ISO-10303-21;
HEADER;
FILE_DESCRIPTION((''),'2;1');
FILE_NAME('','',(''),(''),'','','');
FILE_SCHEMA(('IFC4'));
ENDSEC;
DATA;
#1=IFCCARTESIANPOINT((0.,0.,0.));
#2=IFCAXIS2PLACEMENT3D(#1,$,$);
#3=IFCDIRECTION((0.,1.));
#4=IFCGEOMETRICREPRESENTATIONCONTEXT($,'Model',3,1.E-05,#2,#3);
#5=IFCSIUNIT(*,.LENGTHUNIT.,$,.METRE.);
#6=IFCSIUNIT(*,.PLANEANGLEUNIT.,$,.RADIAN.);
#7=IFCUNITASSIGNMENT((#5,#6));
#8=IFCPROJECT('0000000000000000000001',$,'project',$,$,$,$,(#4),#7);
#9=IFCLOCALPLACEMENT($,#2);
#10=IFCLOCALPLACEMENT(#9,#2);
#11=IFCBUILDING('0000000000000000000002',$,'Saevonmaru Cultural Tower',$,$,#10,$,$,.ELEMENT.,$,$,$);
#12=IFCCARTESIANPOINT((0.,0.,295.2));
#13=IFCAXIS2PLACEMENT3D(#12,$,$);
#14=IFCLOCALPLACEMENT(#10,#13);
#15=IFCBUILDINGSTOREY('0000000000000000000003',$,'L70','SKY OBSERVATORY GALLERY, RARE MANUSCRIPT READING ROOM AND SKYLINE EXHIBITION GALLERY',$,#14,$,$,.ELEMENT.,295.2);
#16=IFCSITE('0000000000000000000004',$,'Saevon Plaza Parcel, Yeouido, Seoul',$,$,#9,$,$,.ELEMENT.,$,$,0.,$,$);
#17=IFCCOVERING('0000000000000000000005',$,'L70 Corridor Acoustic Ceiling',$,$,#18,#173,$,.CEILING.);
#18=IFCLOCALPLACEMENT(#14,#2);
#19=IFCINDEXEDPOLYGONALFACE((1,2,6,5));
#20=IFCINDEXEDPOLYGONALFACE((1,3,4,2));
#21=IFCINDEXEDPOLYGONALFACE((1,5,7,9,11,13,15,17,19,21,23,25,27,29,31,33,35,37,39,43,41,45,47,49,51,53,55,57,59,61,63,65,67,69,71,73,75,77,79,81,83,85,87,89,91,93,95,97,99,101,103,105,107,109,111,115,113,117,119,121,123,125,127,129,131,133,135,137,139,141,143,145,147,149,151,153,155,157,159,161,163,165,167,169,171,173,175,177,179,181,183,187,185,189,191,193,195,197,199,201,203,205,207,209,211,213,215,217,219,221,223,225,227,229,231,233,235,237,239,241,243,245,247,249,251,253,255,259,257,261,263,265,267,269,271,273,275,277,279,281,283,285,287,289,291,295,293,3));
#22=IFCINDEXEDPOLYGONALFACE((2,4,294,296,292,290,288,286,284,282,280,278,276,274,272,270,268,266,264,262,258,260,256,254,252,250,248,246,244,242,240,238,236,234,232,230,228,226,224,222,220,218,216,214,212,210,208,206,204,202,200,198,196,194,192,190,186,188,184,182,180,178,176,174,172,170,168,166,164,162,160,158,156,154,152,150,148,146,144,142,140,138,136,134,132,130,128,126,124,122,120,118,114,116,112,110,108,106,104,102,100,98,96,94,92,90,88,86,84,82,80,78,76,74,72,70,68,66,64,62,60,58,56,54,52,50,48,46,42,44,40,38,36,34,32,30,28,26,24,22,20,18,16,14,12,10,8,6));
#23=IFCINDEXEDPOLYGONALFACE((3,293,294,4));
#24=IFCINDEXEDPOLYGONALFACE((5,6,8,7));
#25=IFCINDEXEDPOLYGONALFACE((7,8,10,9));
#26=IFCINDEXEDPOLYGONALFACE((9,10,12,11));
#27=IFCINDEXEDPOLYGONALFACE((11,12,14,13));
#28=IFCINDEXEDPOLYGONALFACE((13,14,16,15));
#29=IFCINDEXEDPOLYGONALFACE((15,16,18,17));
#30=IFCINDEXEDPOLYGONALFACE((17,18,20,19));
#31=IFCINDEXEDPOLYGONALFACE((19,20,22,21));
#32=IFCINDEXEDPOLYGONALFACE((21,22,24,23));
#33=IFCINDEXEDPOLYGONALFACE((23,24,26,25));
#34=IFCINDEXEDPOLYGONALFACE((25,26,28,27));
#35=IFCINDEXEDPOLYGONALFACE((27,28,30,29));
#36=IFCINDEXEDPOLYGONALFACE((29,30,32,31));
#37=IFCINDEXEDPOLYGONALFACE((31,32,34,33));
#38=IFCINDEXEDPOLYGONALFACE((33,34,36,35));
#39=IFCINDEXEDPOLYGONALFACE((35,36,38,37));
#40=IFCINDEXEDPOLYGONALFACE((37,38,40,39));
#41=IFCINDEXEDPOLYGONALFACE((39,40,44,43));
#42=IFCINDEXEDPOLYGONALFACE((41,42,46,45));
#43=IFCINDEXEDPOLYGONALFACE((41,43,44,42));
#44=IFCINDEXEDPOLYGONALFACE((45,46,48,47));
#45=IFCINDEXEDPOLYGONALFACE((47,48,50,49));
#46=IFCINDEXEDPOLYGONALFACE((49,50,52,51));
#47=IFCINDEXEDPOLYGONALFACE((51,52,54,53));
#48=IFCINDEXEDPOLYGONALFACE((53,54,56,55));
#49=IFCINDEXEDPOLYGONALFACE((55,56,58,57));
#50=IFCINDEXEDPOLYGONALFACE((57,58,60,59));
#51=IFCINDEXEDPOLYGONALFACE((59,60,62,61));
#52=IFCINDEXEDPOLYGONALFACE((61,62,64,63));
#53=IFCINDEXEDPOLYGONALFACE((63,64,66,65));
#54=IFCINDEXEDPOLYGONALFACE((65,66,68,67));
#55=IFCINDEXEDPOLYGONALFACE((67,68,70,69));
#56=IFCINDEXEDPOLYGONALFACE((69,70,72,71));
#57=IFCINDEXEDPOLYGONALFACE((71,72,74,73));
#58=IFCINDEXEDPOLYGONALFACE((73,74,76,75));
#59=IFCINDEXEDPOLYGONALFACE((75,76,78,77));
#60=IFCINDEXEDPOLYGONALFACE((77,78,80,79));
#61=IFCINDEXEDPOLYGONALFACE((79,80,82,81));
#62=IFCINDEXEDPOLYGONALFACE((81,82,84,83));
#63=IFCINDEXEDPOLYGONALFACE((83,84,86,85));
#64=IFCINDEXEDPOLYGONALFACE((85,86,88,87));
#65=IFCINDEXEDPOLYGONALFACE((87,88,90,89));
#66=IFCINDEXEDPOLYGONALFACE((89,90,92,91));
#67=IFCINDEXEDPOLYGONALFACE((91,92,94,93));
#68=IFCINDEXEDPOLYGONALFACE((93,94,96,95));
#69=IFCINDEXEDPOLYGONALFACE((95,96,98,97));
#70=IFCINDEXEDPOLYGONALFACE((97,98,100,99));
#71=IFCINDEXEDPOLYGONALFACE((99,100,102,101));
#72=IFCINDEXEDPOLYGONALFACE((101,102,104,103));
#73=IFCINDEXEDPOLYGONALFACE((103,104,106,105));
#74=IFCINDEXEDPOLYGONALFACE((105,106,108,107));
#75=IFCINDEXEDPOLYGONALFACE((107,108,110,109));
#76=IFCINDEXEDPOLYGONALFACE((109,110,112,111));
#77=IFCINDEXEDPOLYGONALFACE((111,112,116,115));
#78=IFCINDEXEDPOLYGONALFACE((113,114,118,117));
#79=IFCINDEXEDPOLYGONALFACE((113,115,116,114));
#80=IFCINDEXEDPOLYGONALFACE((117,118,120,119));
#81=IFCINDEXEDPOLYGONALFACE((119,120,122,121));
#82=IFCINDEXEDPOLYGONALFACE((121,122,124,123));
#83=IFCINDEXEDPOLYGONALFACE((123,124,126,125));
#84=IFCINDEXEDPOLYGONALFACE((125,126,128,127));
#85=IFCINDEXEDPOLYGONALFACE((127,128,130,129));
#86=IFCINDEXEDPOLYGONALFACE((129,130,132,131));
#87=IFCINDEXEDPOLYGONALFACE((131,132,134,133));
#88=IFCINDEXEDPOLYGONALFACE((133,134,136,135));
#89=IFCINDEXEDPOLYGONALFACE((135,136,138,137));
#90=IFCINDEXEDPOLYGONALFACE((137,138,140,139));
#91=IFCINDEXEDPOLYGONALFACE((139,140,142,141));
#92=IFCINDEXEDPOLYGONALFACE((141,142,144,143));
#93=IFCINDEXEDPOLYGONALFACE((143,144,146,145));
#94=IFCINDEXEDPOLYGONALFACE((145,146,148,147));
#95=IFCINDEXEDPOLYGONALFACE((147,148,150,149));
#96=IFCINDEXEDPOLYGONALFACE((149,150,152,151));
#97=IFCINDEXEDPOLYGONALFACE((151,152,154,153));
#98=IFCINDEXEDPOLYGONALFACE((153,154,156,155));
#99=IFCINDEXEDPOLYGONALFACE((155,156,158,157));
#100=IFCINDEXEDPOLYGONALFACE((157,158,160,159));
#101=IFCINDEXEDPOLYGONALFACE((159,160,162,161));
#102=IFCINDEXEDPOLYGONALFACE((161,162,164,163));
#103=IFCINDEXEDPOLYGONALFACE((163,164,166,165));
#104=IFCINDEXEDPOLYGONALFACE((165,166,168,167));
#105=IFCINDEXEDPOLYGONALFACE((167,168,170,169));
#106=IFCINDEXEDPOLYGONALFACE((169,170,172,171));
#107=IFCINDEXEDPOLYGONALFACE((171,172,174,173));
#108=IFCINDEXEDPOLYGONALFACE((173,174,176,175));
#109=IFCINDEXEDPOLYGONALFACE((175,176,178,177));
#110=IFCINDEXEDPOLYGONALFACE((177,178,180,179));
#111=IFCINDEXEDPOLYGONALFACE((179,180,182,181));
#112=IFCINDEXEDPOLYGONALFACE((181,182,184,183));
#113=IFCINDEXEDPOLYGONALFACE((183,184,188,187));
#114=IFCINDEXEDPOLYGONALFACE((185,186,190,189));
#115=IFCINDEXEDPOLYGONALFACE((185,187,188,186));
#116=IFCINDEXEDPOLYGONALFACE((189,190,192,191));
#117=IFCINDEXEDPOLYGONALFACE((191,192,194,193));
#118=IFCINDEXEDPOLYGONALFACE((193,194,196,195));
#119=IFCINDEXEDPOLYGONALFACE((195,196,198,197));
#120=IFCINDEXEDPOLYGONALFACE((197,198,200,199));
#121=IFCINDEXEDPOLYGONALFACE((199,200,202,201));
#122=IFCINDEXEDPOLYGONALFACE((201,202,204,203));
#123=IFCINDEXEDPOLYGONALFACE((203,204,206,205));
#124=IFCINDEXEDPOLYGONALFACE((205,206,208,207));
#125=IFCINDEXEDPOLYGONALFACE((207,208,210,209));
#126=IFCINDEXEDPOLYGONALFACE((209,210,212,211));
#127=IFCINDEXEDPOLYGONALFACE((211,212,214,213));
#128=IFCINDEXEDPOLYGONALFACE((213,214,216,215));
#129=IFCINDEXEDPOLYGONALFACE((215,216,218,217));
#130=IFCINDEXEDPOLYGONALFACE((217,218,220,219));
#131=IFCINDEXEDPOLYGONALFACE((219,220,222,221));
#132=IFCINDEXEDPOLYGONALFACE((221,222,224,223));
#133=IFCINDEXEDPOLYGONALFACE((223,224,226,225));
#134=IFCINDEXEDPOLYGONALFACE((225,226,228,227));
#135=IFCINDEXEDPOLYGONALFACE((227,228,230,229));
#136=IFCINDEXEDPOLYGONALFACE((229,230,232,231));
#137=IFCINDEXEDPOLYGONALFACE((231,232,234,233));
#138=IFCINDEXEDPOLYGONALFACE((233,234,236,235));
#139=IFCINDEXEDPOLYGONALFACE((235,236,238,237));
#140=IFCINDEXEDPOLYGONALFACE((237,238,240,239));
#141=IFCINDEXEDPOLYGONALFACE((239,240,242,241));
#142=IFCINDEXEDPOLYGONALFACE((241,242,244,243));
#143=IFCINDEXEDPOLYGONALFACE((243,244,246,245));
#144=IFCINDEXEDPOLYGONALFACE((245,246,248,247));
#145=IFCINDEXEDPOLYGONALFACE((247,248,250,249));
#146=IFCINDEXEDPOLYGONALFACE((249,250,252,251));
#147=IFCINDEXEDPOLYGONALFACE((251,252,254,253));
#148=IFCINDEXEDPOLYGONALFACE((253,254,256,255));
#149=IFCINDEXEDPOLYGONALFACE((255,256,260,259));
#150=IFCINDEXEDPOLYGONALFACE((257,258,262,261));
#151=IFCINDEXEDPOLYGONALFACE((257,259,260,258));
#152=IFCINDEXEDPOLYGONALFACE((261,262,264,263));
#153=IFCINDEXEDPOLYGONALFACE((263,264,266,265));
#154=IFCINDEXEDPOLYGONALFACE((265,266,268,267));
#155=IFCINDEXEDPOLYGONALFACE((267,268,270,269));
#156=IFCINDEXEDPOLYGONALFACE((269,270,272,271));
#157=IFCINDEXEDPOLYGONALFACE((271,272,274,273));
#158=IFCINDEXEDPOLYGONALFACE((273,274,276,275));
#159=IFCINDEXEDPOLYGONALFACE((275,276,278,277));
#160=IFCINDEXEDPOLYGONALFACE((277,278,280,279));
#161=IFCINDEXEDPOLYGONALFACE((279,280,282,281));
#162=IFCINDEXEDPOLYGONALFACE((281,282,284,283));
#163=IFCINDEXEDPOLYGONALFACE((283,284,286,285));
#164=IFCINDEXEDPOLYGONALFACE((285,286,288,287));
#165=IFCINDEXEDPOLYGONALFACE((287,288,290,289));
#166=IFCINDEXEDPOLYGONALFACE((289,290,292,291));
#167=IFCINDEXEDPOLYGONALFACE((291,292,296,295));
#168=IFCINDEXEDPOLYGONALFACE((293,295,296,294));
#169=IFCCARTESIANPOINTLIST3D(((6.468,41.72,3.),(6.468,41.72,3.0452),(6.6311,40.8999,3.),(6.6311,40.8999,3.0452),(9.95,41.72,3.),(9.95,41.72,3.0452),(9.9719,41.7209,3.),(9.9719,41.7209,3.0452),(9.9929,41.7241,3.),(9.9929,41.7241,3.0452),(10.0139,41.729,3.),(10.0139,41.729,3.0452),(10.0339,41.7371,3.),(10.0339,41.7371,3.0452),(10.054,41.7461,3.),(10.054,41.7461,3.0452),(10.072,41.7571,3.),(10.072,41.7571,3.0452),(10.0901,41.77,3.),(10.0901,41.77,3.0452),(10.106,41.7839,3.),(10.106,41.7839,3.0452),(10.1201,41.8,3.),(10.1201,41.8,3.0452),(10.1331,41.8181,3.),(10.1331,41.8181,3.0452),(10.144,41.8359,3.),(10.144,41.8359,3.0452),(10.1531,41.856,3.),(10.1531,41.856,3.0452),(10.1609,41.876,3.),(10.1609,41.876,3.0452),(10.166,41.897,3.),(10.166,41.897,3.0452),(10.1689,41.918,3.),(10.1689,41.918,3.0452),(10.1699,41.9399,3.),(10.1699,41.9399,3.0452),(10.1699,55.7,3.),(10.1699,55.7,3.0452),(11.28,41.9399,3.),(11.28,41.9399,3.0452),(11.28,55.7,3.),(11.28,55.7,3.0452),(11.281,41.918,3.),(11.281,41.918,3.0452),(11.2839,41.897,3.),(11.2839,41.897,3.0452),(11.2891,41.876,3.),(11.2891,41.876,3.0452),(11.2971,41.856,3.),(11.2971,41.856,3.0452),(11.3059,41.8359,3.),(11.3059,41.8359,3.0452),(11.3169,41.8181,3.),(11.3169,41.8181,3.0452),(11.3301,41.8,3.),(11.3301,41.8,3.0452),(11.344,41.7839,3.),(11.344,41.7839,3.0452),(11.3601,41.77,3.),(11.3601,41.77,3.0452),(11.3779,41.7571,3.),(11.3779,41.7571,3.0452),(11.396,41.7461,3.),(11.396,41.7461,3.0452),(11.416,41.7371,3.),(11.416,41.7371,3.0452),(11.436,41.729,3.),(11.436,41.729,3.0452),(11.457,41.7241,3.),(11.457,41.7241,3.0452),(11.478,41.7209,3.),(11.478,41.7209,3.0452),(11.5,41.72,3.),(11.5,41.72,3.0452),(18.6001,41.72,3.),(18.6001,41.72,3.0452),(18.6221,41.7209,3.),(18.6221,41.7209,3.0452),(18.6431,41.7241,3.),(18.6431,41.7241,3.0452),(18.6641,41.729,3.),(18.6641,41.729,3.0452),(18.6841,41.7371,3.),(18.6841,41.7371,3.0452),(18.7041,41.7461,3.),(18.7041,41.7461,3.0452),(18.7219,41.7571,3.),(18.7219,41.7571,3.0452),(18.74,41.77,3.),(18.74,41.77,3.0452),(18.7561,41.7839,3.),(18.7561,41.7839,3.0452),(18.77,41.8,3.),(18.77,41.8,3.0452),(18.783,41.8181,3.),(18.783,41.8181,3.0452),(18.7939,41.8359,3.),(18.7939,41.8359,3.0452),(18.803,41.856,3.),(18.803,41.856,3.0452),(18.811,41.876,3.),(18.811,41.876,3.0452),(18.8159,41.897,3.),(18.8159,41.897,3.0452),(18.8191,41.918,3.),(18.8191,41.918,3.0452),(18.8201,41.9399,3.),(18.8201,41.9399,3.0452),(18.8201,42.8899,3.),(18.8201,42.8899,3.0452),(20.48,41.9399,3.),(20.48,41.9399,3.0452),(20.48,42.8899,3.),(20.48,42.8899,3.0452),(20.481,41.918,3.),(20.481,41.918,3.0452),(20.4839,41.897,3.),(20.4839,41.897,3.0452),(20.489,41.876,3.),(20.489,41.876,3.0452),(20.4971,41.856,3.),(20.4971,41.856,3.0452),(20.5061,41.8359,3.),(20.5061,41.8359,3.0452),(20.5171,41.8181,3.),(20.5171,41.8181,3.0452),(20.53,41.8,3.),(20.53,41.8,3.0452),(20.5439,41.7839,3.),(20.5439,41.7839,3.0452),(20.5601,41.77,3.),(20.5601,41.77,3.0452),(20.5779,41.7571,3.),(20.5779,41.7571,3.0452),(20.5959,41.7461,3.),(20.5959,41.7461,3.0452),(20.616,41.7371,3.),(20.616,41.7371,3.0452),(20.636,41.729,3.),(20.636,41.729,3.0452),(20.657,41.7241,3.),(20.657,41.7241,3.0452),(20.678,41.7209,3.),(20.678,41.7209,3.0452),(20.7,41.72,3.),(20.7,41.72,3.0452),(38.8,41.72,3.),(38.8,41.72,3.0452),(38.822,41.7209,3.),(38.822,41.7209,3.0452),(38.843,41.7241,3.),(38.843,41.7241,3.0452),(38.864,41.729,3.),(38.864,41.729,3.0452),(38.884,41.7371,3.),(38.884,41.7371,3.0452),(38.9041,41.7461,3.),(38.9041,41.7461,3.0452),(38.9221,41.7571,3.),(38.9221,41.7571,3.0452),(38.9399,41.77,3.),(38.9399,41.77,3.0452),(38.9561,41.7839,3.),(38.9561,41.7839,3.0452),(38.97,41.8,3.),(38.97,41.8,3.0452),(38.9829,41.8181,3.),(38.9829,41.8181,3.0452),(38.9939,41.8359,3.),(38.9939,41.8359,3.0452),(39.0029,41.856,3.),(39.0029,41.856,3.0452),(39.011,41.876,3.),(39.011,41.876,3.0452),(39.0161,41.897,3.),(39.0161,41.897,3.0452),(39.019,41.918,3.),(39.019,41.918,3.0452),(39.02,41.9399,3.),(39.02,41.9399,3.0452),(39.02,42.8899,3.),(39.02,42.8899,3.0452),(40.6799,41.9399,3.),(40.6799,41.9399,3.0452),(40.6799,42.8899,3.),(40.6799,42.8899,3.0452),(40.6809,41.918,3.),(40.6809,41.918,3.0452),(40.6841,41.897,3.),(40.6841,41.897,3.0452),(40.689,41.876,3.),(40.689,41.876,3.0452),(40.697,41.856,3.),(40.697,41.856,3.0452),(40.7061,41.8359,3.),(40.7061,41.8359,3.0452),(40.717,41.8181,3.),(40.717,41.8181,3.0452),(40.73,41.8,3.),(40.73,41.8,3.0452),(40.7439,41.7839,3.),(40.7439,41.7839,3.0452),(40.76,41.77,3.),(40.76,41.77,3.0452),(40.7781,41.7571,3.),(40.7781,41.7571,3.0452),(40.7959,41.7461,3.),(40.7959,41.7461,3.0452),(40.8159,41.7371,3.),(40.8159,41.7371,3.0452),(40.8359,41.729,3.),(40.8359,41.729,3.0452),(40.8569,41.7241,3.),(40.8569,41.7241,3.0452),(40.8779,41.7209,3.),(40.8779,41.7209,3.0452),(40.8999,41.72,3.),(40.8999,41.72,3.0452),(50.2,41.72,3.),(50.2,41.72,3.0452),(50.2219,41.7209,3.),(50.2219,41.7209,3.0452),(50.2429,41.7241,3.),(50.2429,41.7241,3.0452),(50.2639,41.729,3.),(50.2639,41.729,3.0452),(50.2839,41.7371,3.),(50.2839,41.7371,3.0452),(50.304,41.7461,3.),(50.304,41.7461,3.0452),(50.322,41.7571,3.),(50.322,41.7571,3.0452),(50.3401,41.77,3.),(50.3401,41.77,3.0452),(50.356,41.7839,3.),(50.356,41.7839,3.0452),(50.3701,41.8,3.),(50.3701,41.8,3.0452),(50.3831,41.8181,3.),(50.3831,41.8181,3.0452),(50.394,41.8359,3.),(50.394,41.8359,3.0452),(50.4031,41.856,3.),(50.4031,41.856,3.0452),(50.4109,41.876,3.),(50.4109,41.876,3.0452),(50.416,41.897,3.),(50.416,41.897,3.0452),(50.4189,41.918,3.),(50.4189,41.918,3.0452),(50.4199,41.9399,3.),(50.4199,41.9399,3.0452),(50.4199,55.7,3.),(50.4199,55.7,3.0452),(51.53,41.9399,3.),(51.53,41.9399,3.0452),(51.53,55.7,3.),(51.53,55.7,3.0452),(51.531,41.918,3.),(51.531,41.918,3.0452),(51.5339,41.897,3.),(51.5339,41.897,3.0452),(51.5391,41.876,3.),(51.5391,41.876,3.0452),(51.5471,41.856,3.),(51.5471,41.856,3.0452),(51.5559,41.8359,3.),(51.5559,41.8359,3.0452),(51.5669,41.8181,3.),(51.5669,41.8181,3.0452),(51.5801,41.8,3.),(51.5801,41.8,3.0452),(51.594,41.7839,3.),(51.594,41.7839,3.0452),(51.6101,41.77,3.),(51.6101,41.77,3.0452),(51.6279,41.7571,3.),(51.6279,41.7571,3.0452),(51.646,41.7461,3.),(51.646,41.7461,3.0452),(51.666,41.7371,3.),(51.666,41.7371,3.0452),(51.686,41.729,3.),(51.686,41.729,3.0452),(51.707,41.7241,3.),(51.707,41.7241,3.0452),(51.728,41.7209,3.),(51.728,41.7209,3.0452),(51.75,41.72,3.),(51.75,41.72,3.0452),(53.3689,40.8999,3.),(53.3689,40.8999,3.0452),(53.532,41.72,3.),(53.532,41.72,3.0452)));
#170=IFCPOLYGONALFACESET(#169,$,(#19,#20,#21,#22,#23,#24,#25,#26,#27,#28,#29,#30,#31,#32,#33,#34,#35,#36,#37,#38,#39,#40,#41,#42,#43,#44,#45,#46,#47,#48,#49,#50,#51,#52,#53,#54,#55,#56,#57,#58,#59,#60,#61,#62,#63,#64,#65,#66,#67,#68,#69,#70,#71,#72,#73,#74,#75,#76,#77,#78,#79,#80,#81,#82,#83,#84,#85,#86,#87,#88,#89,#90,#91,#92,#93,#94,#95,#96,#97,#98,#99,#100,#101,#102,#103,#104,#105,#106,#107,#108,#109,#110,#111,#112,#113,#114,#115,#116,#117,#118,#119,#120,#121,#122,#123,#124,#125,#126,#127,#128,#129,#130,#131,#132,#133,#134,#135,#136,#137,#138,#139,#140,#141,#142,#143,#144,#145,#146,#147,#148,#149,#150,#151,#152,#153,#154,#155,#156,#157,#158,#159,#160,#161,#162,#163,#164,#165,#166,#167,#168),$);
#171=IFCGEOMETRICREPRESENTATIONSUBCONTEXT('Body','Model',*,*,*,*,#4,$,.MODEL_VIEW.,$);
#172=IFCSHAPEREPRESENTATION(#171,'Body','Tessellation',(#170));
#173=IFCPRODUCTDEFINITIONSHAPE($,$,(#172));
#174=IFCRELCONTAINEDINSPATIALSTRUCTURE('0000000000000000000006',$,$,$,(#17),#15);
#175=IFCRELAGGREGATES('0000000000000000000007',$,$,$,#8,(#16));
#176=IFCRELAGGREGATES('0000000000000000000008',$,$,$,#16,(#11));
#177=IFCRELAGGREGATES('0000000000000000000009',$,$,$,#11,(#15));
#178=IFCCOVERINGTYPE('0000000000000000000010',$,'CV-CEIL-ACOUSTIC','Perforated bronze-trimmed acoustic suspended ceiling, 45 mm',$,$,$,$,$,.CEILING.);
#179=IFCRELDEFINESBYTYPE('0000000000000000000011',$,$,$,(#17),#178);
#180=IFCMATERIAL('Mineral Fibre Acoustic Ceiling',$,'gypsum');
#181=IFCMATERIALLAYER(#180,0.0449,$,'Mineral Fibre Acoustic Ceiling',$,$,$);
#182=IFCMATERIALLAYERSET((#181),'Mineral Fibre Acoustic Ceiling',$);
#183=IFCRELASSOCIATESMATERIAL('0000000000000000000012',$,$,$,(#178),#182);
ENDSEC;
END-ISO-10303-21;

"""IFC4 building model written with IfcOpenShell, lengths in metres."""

from ifc_helpers import new_model, si_unit, direction, frame, origin, place, context, subcontext, project, spatial, polyline, outline, extrude, material, layer, layer_set, type_object, element, save


model = new_model("IFC4")

# Units and contexts
model_context = context("Model", 3, precision=1e-05, world=origin(), true_north=direction((0.0, 1.0)))
body_context = subcontext(model_context, "Body", "Model", "MODEL_VIEW")
ifc_project = project(units=[si_unit("LENGTHUNIT", "METRE"), si_unit("PLANEANGLEUNIT", "RADIAN")], contexts=[model_context])

# Site, building, storey
site_placement = place(None, origin())
site = spatial("IfcSite", under=ifc_project, at=site_placement, Name="Saevon Plaza Parcel, Yeouido, Seoul", CompositionType="ELEMENT", RefElevation=0.0)
building_placement = place(site_placement, origin())
building = spatial("IfcBuilding", under=site, at=building_placement, Name="Saevonmaru Cultural Tower", CompositionType="ELEMENT")
storey_placement = place(building_placement, frame((0.0, 0.0, 295.2)))
storey = spatial("IfcBuildingStorey", under=building, at=storey_placement, Name="L70", Description="SKY OBSERVATORY GALLERY, RARE MANUSCRIPT READING ROOM AND SKYLINE EXHIBITION GALLERY", CompositionType="ELEMENT", Elevation=295.2)

# Covering
ifc_material_1 = material(Name="Mineral Fibre Acoustic Ceiling", Category="gypsum")
ifc_layer_1 = layer(ifc_material_1, 0.0449, Name="Mineral Fibre Acoustic Ceiling")
ifc_layer_set_1 = layer_set([ifc_layer_1], Name="Mineral Fibre Acoustic Ceiling")
covering_type_1 = type_object("IfcCoveringType", Name="CV-CEIL-ACOUSTIC", Description="Perforated bronze-trimmed acoustic suspended ceiling, 45 mm", PredefinedType="CEILING", material=ifc_layer_set_1)
covering_1_placement = place(storey_placement, frame((0.0, 0.0, 3.0)))
element("IfcCovering", 1, at=covering_1_placement, inside=storey, type_object=covering_type_1, Name="L70 Corridor Acoustic Ceiling", PredefinedType="CEILING", context=body_context, shape_type="SweptSolid", body=[
    extrude(outline(polyline([(6.6311, 40.8999), (6.468, 41.72), (9.95, 41.72), (9.9719, 41.7209), (9.9929, 41.7241), (10.0139, 41.729), (10.0339, 41.7371), (10.054, 41.7461), (10.072, 41.7571), (10.0901, 41.77), (10.106, 41.7839), (10.1201, 41.8), (10.1331, 41.8181), (10.144, 41.8359), (10.1531, 41.856), (10.1609, 41.876), (10.166, 41.897), (10.1689, 41.918), (10.1699, 41.9399), (10.1699, 55.7), (11.28, 55.7), (11.28, 41.9399), (11.281, 41.918), (11.2839, 41.897), (11.2891, 41.876), (11.2971, 41.856), (11.3059, 41.8359), (11.3169, 41.8181), (11.3301, 41.8), (11.344, 41.7839), (11.3601, 41.77), (11.3779, 41.7571), (11.396, 41.7461), (11.416, 41.7371), (11.436, 41.729), (11.457, 41.7241), (11.478, 41.7209), (11.5, 41.72), (18.6001, 41.72), (18.6221, 41.7209), (18.6431, 41.7241), (18.6641, 41.729), (18.6841, 41.7371), (18.7041, 41.7461), (18.7219, 41.7571), (18.74, 41.77), (18.7561, 41.7839), (18.77, 41.8), (18.783, 41.8181), (18.7939, 41.8359), (18.803, 41.856), (18.811, 41.876), (18.8159, 41.897), (18.8191, 41.918), (18.8201, 41.9399), (18.8201, 42.8899), (20.48, 42.8899), (20.48, 41.9399), (20.481, 41.918), (20.4839, 41.897), (20.489, 41.876), (20.4971, 41.856), (20.5061, 41.8359), (20.5171, 41.8181), (20.53, 41.8), (20.5439, 41.7839), (20.5601, 41.77), (20.5779, 41.7571), (20.5959, 41.7461), (20.616, 41.7371), (20.636, 41.729), (20.657, 41.7241), (20.678, 41.7209), (20.7, 41.72), (38.8, 41.72), (38.822, 41.7209), (38.843, 41.7241), (38.864, 41.729), (38.884, 41.7371), (38.9041, 41.7461), (38.9221, 41.7571), (38.9399, 41.77), (38.9561, 41.7839), (38.97, 41.8), (38.9829, 41.8181), (38.9939, 41.8359), (39.0029, 41.856), (39.011, 41.876), (39.0161, 41.897), (39.019, 41.918), (39.02, 41.9399), (39.02, 42.8899), (40.6799, 42.8899), (40.6799, 41.9399), (40.6809, 41.918), (40.6841, 41.897), (40.689, 41.876), (40.697, 41.856), (40.7061, 41.8359), (40.717, 41.8181), (40.73, 41.8), (40.7439, 41.7839), (40.76, 41.77), (40.7781, 41.7571), (40.7959, 41.7461), (40.8159, 41.7371), (40.8359, 41.729), (40.8569, 41.7241), (40.8779, 41.7209), (40.8999, 41.72), (50.2, 41.72), (50.2219, 41.7209), (50.2429, 41.7241), (50.2639, 41.729), (50.2839, 41.7371), (50.304, 41.7461), (50.322, 41.7571), (50.3401, 41.77), (50.356, 41.7839), (50.3701, 41.8), (50.3831, 41.8181), (50.394, 41.8359), (50.4031, 41.856), (50.4109, 41.876), (50.416, 41.897), (50.4189, 41.918), (50.4199, 41.9399), (50.4199, 55.7), (51.53, 55.7), (51.53, 41.9399), (51.531, 41.918), (51.5339, 41.897), (51.5391, 41.876), (51.5471, 41.856), (51.5559, 41.8359), (51.5669, 41.8181), (51.5801, 41.8), (51.594, 41.7839), (51.6101, 41.77), (51.6279, 41.7571), (51.646, 41.7461), (51.666, 41.7371), (51.686, 41.729), (51.707, 41.7241), (51.728, 41.7209), (51.75, 41.72), (53.532, 41.72), (53.3689, 40.8999), (6.6311, 40.8999)])), origin(), (0.0, 0.0, 1.0), 0.0452),
])

save(model, "model.ifc")
